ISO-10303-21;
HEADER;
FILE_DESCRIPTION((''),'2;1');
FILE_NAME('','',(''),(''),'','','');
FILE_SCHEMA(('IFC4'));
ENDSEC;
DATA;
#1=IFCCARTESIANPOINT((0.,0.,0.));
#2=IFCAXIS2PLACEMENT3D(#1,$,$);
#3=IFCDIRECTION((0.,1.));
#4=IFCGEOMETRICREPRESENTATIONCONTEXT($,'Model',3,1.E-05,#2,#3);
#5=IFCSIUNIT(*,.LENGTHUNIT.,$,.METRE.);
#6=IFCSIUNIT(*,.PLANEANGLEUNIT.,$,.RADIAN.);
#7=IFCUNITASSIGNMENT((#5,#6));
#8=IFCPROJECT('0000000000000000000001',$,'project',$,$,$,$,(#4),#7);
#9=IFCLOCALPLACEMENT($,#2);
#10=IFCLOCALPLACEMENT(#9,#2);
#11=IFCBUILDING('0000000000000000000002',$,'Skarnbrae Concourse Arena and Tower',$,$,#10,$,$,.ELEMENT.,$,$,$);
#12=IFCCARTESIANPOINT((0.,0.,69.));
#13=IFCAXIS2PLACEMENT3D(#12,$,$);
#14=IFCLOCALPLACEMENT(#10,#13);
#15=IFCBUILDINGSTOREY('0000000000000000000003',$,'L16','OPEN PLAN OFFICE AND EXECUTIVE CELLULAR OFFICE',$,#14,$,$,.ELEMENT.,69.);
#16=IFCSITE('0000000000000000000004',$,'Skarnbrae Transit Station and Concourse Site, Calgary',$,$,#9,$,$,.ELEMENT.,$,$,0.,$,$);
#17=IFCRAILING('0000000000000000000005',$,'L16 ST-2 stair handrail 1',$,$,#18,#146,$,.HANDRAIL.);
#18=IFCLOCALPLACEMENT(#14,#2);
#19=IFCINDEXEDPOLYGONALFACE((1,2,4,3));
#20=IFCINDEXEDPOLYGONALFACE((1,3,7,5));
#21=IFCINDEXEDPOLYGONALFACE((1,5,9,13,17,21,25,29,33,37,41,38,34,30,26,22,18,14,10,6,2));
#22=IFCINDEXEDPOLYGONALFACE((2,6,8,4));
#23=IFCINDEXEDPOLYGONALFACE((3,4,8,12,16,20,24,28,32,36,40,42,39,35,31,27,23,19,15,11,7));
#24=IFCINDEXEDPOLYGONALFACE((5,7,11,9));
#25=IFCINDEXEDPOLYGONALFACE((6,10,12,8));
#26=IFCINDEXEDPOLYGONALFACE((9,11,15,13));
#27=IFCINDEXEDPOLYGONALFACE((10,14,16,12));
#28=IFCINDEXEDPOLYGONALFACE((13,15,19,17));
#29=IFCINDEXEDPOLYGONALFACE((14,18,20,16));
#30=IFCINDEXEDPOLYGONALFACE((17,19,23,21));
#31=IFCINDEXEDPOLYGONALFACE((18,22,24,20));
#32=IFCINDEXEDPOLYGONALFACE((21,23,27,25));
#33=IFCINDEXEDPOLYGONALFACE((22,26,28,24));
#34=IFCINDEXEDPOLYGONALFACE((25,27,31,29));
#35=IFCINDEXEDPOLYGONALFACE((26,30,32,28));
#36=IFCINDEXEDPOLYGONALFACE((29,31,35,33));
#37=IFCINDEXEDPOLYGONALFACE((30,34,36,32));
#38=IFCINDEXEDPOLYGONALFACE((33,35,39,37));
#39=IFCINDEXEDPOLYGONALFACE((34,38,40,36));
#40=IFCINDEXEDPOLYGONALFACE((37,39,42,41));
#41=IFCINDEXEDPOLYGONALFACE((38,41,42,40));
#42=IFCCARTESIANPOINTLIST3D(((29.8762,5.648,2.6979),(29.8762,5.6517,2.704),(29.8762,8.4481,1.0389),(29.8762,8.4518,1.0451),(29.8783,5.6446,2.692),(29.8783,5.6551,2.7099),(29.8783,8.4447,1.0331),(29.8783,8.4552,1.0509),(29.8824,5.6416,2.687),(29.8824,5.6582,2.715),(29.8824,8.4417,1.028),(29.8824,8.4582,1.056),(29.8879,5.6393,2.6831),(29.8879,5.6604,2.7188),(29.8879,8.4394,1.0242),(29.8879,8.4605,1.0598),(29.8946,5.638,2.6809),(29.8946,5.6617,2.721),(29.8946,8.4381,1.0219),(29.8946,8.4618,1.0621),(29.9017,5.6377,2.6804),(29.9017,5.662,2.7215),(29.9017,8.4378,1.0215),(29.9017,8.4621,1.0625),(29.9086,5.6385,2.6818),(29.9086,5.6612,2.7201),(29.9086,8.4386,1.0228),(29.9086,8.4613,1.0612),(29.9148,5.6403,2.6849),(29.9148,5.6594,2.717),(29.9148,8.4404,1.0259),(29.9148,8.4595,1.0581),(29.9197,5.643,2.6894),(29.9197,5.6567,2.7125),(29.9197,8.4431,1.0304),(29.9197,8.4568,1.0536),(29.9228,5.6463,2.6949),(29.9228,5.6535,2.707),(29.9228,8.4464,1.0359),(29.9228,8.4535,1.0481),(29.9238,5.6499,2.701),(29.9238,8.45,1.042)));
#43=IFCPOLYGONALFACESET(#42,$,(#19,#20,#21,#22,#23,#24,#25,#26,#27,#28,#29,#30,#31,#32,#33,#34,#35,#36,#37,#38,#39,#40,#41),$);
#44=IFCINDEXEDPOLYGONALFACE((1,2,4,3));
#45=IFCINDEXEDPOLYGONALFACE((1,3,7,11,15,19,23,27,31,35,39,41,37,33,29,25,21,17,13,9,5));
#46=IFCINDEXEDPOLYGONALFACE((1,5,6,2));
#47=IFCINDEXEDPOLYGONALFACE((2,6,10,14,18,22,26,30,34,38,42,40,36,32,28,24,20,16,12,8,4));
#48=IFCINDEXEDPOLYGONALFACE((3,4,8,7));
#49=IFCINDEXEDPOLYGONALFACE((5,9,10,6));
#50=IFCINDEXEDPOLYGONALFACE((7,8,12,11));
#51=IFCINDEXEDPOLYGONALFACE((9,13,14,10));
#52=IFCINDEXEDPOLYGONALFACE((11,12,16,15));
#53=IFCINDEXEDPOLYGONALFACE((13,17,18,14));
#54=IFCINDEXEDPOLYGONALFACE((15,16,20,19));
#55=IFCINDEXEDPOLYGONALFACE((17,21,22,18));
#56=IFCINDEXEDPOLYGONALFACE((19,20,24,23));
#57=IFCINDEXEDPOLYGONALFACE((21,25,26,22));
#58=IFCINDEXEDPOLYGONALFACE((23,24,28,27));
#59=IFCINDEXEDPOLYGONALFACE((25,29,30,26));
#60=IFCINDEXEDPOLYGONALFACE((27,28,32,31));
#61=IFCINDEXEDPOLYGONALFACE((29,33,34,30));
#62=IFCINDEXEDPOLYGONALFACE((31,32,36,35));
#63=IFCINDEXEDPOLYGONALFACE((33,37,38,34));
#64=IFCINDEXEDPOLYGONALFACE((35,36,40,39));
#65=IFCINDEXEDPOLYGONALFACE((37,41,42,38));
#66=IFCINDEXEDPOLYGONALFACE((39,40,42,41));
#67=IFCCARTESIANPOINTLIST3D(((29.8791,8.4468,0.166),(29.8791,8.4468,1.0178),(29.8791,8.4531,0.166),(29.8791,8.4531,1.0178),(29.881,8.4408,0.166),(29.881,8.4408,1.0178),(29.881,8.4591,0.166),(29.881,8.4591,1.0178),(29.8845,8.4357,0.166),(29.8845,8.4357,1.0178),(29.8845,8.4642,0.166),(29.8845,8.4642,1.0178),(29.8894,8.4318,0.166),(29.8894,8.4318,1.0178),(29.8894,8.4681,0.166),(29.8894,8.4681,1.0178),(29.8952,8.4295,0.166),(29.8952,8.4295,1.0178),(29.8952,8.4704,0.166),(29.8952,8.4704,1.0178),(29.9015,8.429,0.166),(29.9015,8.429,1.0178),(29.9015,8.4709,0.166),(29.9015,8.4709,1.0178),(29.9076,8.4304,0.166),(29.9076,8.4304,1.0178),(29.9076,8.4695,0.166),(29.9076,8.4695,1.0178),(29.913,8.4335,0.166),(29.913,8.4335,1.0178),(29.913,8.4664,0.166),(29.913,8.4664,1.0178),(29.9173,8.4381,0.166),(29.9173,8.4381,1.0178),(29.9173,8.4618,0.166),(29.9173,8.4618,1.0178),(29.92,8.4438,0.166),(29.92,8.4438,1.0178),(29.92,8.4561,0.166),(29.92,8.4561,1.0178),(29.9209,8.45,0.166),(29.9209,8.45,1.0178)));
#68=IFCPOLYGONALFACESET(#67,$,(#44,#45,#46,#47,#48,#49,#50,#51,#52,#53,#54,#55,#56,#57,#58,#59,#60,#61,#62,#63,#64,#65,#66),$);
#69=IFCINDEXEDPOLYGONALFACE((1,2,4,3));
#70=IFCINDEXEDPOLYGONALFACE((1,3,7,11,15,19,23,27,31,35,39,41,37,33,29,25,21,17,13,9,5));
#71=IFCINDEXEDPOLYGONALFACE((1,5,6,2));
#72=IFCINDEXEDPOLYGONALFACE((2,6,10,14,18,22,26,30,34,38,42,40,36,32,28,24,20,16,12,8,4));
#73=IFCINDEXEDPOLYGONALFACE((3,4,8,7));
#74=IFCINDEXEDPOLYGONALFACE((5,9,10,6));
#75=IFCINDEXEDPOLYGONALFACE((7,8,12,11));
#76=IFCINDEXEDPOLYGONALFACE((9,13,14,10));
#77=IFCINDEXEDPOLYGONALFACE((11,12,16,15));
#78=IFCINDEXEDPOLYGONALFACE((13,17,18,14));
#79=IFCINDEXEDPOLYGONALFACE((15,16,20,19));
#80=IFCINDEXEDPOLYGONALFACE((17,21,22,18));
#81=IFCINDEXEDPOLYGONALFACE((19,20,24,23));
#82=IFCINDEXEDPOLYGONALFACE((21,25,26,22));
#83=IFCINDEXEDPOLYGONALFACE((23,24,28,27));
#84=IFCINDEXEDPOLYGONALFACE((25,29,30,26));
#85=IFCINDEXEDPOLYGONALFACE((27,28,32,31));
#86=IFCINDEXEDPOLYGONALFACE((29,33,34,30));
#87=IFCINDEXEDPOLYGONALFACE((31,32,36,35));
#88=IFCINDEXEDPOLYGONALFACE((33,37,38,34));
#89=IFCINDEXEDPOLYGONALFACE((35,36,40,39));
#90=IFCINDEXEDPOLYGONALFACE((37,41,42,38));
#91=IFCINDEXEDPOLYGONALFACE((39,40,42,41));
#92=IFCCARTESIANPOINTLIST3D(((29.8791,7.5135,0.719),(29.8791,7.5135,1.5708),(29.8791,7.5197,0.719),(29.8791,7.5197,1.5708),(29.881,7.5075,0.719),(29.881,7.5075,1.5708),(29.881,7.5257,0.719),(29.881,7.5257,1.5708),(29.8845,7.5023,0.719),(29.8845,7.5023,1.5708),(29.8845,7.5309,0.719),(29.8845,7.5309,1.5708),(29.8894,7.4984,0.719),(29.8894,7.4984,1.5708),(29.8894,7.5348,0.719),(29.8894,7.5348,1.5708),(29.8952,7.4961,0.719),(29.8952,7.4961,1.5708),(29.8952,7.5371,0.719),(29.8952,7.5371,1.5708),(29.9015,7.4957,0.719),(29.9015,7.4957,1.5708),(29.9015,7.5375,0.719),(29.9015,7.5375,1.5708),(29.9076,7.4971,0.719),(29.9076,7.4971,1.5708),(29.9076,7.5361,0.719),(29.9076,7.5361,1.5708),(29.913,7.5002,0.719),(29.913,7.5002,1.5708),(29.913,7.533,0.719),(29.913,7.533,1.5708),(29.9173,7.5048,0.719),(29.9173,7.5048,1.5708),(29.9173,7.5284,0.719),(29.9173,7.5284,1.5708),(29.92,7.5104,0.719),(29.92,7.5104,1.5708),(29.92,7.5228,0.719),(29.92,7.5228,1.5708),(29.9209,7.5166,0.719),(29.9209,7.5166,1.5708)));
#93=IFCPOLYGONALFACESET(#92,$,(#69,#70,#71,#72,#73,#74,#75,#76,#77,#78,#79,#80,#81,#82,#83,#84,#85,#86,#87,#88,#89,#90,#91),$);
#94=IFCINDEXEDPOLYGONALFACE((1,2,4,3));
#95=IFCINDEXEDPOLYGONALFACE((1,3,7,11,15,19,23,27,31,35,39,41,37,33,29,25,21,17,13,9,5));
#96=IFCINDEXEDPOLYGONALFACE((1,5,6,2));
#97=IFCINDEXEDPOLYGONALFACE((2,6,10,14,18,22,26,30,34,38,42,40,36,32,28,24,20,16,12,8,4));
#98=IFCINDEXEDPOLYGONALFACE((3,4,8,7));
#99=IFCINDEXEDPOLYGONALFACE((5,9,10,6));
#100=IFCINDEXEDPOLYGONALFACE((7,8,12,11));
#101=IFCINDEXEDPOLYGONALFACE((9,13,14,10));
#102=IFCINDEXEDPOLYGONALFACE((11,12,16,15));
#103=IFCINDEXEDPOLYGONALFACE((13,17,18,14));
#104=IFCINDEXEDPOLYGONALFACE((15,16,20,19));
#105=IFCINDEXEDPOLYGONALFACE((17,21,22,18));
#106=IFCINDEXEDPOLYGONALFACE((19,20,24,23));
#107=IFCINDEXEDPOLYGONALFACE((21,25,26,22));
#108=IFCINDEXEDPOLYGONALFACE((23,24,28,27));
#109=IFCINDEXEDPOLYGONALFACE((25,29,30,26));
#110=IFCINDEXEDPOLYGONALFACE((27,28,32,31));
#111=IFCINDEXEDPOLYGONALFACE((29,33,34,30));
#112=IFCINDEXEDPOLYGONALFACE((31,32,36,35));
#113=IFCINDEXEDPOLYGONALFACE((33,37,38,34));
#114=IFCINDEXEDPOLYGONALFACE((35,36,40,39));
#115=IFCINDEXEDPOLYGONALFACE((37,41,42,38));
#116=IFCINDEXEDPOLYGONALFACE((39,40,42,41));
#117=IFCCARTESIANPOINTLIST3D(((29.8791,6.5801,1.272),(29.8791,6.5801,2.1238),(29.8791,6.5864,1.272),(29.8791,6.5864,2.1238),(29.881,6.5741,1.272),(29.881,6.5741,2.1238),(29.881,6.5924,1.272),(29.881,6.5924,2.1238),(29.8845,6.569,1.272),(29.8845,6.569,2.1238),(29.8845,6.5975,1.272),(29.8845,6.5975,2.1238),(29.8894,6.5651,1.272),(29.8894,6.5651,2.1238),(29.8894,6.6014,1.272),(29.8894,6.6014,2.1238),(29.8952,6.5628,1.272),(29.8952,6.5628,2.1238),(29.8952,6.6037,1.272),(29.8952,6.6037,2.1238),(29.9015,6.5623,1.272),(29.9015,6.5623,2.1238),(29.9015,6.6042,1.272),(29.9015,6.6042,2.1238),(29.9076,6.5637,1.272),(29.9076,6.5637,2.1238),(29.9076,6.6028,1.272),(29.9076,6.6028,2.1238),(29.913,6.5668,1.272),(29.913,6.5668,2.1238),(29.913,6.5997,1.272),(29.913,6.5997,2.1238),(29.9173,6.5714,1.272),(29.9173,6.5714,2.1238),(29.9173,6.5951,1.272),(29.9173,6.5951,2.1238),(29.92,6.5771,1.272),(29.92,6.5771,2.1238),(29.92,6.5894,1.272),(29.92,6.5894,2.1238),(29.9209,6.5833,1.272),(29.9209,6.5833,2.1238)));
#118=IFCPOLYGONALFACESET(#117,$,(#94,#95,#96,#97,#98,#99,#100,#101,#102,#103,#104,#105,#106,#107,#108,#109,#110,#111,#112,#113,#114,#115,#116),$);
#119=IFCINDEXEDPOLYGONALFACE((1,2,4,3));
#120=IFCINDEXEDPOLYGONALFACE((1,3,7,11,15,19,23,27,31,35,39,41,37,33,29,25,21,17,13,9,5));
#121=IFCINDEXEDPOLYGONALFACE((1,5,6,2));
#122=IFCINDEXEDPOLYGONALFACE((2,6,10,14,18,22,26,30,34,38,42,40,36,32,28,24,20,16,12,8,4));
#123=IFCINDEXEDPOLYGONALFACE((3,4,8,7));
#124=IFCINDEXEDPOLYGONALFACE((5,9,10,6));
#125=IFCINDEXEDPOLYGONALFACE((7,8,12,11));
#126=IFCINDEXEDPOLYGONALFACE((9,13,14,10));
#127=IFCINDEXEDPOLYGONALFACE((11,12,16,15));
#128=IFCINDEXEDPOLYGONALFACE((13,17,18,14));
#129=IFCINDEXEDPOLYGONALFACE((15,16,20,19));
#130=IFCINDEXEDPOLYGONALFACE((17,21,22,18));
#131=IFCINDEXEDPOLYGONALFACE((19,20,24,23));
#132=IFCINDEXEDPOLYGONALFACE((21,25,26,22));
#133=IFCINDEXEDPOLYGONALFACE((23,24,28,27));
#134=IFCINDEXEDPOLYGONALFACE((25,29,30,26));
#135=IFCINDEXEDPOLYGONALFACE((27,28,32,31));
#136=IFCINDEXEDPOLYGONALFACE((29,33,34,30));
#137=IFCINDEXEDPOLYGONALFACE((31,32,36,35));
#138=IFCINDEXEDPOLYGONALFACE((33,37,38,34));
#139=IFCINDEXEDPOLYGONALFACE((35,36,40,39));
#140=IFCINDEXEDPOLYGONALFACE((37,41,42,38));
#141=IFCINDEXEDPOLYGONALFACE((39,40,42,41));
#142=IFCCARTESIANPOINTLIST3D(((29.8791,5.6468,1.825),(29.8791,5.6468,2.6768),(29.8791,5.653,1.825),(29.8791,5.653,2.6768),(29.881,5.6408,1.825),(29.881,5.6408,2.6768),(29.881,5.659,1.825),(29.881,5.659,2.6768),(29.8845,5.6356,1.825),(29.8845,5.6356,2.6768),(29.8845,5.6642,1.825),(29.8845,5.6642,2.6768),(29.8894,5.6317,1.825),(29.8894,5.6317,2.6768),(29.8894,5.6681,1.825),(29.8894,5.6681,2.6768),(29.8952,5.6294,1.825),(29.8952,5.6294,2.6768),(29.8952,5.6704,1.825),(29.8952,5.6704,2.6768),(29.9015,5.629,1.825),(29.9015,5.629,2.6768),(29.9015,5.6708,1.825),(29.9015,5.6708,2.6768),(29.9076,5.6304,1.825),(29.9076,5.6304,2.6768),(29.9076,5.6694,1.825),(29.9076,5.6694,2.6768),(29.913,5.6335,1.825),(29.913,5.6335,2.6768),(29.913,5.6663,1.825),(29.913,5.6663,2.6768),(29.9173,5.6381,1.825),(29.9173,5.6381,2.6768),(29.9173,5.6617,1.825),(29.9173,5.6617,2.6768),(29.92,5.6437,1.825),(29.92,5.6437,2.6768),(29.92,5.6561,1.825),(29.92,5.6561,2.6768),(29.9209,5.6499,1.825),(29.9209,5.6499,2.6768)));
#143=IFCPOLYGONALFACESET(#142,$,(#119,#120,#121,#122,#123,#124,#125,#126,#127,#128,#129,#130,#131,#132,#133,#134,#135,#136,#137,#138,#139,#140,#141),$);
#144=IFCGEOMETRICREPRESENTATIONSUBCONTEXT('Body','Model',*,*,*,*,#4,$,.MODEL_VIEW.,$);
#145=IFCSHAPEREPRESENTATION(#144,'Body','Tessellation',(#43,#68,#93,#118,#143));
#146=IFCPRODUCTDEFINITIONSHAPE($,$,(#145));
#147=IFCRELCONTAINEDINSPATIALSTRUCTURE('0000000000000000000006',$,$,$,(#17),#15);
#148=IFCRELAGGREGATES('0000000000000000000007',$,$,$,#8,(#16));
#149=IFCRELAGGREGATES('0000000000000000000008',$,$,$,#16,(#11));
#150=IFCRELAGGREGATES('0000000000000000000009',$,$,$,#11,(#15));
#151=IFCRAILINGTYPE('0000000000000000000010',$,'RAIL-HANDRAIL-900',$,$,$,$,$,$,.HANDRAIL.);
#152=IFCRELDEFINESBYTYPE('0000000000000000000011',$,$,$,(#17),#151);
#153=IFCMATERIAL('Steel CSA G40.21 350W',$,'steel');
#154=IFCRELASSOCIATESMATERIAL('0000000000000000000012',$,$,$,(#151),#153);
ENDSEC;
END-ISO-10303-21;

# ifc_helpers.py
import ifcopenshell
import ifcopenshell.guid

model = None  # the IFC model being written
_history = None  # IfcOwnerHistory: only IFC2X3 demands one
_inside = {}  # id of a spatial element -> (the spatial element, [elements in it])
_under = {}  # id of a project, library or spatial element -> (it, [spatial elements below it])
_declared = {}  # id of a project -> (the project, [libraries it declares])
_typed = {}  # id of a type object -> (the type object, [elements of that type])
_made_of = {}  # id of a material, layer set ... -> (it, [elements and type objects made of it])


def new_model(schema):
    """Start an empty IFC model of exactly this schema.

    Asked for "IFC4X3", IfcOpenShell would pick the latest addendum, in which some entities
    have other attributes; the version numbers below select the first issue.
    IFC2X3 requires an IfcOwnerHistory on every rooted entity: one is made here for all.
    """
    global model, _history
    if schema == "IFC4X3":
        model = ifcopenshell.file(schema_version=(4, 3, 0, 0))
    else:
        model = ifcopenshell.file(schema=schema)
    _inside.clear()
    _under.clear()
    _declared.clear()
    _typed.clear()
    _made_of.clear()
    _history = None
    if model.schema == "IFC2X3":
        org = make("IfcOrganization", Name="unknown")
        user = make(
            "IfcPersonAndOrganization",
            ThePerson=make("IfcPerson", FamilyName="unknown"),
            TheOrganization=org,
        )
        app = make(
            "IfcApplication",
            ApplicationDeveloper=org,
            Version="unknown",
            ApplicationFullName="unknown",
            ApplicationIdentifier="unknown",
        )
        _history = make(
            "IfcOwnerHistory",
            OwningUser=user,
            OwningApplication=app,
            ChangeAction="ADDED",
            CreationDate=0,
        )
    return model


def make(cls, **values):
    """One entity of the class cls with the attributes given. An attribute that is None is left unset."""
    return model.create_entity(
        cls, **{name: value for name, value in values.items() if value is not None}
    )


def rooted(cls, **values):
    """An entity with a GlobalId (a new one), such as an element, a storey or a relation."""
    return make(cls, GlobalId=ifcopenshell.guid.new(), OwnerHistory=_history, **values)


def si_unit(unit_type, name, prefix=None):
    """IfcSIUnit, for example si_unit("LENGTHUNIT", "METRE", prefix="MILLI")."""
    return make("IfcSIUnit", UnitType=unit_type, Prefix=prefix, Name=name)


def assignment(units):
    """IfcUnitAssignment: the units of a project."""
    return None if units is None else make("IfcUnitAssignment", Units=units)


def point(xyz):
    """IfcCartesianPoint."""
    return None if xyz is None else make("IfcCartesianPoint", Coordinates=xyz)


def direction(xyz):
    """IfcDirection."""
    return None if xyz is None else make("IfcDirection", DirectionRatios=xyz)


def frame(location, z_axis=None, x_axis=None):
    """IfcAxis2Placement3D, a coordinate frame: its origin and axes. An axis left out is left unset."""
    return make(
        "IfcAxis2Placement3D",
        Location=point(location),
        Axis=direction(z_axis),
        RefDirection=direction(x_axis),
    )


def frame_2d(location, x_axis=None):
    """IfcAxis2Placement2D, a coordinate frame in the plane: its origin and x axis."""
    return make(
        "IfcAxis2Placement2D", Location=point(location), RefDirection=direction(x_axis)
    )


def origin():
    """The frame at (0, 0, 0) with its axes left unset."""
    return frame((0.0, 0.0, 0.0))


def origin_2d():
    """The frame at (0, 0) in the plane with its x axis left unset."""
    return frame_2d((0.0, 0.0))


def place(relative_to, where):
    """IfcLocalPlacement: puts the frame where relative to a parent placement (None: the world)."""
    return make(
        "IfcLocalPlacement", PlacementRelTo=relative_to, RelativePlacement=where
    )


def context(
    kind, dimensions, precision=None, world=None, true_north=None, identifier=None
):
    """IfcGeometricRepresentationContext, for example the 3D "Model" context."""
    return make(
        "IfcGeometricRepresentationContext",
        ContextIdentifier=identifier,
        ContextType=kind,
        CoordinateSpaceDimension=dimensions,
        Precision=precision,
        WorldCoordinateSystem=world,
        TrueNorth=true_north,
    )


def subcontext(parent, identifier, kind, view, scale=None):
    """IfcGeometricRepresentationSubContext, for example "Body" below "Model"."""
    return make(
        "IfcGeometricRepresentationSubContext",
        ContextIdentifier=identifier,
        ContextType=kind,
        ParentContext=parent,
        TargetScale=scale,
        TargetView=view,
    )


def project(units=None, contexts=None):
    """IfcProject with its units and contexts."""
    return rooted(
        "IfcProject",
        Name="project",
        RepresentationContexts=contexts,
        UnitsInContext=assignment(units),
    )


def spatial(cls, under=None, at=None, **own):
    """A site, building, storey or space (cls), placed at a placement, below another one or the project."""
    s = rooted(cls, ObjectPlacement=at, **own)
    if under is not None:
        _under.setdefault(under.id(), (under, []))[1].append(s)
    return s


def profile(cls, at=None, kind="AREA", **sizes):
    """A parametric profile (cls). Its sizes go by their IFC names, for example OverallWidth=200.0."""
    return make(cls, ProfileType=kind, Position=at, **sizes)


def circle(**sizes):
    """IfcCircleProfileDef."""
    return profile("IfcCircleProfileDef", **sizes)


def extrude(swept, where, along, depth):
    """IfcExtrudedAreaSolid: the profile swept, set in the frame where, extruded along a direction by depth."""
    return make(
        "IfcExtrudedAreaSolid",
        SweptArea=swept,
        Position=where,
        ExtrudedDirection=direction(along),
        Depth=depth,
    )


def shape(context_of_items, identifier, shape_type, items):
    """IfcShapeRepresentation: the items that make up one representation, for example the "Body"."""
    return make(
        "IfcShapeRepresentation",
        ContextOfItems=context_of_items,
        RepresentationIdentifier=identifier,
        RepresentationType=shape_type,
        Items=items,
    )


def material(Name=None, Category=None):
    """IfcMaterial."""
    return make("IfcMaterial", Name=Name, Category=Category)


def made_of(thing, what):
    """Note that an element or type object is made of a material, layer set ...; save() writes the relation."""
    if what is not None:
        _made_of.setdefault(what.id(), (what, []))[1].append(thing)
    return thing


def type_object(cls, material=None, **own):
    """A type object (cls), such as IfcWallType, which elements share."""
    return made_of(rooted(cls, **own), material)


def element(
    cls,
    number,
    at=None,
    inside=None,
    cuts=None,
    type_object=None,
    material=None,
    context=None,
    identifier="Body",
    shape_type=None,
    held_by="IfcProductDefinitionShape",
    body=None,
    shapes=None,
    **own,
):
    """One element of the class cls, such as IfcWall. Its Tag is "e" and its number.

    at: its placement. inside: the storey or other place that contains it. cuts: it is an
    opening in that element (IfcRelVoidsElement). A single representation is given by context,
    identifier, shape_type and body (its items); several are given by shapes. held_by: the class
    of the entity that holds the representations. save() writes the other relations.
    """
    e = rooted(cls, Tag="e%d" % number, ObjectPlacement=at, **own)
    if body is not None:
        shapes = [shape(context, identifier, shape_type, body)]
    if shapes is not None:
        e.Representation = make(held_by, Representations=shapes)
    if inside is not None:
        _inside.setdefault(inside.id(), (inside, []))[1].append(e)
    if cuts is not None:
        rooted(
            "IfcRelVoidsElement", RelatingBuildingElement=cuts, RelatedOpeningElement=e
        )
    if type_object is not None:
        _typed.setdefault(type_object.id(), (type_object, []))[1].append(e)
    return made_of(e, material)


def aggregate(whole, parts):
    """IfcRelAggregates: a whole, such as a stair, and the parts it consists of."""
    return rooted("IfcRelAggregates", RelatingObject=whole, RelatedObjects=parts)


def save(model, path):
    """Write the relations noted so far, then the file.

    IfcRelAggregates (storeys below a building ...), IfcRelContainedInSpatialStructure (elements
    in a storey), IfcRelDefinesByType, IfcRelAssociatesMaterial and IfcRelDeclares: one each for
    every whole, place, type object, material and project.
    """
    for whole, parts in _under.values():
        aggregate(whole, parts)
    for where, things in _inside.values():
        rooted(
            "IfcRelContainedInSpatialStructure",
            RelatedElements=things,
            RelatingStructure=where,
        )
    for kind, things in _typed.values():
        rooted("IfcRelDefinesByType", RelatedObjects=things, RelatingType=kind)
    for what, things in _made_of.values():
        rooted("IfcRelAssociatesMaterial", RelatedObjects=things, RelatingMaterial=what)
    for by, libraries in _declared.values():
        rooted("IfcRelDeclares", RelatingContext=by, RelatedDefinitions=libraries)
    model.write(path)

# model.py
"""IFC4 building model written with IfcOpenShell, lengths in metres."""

from ifc_helpers import new_model, si_unit, direction, frame, origin, origin_2d, place, context, subcontext, project, spatial, circle, extrude, material, type_object, element, save


model = new_model("IFC4")

# Units and contexts
model_context = context("Model", 3, precision=1e-05, world=origin(), true_north=direction((0.0, 1.0)))
body_context = subcontext(model_context, "Body", "Model", "MODEL_VIEW")
ifc_project = project(units=[si_unit("LENGTHUNIT", "METRE"), si_unit("PLANEANGLEUNIT", "RADIAN")], contexts=[model_context])

# Site, building, storey
site_placement = place(None, origin())
site = spatial("IfcSite", under=ifc_project, at=site_placement, Name="Skarnbrae Transit Station and Concourse Site, Calgary", CompositionType="ELEMENT", RefElevation=0.0)
building_placement = place(site_placement, origin())
building = spatial("IfcBuilding", under=site, at=building_placement, Name="Skarnbrae Concourse Arena and Tower", CompositionType="ELEMENT")
storey_placement = place(building_placement, frame((0.0, 0.0, 69.0)))
storey = spatial("IfcBuildingStorey", under=building, at=storey_placement, Name="L16", Description="OPEN PLAN OFFICE AND EXECUTIVE CELLULAR OFFICE", CompositionType="ELEMENT", Elevation=69.0)

# Shared definitions
ifc_material_1 = material(Name="Steel CSA G40.21 350W", Category="steel")

# Railing
railing_type_1 = type_object("IfcRailingType", Name="RAIL-HANDRAIL-900", PredefinedType="HANDRAIL", material=ifc_material_1)
railing_1_placement = place(storey_placement, frame((29.8999, 8.45, 0.166)))
element("IfcRailing", 1, at=railing_1_placement, inside=storey, type_object=railing_type_1, Name="L16 ST-2 stair handrail 1", PredefinedType="HANDRAIL", context=body_context, shape_type="SweptSolid", body=[
    extrude(circle(Radius=0.0239, at=origin_2d()), frame((0.0, 0.0, 0.876), z_axis=(0.0, -0.860339, 0.509722), x_axis=(1.0, 0.0, 0.0)), (0.0, 0.0, 1.0), 3.2546),
    extrude(circle(Radius=0.021, at=origin_2d()), origin(), (0.0, 0.0, 1.0), 0.8518),
    extrude(circle(Radius=0.021, at=origin_2d()), frame((0.0, -0.9333, 0.553)), (0.0, 0.0, 1.0), 0.8518),
    extrude(circle(Radius=0.021, at=origin_2d()), frame((0.0, -1.8667, 1.106)), (0.0, 0.0, 1.0), 0.8518),
    extrude(circle(Radius=0.021, at=origin_2d()), frame((0.0, -2.8, 1.6589)), (0.0, 0.0, 1.0), 0.8518),
])

save(model, "model.ifc")
